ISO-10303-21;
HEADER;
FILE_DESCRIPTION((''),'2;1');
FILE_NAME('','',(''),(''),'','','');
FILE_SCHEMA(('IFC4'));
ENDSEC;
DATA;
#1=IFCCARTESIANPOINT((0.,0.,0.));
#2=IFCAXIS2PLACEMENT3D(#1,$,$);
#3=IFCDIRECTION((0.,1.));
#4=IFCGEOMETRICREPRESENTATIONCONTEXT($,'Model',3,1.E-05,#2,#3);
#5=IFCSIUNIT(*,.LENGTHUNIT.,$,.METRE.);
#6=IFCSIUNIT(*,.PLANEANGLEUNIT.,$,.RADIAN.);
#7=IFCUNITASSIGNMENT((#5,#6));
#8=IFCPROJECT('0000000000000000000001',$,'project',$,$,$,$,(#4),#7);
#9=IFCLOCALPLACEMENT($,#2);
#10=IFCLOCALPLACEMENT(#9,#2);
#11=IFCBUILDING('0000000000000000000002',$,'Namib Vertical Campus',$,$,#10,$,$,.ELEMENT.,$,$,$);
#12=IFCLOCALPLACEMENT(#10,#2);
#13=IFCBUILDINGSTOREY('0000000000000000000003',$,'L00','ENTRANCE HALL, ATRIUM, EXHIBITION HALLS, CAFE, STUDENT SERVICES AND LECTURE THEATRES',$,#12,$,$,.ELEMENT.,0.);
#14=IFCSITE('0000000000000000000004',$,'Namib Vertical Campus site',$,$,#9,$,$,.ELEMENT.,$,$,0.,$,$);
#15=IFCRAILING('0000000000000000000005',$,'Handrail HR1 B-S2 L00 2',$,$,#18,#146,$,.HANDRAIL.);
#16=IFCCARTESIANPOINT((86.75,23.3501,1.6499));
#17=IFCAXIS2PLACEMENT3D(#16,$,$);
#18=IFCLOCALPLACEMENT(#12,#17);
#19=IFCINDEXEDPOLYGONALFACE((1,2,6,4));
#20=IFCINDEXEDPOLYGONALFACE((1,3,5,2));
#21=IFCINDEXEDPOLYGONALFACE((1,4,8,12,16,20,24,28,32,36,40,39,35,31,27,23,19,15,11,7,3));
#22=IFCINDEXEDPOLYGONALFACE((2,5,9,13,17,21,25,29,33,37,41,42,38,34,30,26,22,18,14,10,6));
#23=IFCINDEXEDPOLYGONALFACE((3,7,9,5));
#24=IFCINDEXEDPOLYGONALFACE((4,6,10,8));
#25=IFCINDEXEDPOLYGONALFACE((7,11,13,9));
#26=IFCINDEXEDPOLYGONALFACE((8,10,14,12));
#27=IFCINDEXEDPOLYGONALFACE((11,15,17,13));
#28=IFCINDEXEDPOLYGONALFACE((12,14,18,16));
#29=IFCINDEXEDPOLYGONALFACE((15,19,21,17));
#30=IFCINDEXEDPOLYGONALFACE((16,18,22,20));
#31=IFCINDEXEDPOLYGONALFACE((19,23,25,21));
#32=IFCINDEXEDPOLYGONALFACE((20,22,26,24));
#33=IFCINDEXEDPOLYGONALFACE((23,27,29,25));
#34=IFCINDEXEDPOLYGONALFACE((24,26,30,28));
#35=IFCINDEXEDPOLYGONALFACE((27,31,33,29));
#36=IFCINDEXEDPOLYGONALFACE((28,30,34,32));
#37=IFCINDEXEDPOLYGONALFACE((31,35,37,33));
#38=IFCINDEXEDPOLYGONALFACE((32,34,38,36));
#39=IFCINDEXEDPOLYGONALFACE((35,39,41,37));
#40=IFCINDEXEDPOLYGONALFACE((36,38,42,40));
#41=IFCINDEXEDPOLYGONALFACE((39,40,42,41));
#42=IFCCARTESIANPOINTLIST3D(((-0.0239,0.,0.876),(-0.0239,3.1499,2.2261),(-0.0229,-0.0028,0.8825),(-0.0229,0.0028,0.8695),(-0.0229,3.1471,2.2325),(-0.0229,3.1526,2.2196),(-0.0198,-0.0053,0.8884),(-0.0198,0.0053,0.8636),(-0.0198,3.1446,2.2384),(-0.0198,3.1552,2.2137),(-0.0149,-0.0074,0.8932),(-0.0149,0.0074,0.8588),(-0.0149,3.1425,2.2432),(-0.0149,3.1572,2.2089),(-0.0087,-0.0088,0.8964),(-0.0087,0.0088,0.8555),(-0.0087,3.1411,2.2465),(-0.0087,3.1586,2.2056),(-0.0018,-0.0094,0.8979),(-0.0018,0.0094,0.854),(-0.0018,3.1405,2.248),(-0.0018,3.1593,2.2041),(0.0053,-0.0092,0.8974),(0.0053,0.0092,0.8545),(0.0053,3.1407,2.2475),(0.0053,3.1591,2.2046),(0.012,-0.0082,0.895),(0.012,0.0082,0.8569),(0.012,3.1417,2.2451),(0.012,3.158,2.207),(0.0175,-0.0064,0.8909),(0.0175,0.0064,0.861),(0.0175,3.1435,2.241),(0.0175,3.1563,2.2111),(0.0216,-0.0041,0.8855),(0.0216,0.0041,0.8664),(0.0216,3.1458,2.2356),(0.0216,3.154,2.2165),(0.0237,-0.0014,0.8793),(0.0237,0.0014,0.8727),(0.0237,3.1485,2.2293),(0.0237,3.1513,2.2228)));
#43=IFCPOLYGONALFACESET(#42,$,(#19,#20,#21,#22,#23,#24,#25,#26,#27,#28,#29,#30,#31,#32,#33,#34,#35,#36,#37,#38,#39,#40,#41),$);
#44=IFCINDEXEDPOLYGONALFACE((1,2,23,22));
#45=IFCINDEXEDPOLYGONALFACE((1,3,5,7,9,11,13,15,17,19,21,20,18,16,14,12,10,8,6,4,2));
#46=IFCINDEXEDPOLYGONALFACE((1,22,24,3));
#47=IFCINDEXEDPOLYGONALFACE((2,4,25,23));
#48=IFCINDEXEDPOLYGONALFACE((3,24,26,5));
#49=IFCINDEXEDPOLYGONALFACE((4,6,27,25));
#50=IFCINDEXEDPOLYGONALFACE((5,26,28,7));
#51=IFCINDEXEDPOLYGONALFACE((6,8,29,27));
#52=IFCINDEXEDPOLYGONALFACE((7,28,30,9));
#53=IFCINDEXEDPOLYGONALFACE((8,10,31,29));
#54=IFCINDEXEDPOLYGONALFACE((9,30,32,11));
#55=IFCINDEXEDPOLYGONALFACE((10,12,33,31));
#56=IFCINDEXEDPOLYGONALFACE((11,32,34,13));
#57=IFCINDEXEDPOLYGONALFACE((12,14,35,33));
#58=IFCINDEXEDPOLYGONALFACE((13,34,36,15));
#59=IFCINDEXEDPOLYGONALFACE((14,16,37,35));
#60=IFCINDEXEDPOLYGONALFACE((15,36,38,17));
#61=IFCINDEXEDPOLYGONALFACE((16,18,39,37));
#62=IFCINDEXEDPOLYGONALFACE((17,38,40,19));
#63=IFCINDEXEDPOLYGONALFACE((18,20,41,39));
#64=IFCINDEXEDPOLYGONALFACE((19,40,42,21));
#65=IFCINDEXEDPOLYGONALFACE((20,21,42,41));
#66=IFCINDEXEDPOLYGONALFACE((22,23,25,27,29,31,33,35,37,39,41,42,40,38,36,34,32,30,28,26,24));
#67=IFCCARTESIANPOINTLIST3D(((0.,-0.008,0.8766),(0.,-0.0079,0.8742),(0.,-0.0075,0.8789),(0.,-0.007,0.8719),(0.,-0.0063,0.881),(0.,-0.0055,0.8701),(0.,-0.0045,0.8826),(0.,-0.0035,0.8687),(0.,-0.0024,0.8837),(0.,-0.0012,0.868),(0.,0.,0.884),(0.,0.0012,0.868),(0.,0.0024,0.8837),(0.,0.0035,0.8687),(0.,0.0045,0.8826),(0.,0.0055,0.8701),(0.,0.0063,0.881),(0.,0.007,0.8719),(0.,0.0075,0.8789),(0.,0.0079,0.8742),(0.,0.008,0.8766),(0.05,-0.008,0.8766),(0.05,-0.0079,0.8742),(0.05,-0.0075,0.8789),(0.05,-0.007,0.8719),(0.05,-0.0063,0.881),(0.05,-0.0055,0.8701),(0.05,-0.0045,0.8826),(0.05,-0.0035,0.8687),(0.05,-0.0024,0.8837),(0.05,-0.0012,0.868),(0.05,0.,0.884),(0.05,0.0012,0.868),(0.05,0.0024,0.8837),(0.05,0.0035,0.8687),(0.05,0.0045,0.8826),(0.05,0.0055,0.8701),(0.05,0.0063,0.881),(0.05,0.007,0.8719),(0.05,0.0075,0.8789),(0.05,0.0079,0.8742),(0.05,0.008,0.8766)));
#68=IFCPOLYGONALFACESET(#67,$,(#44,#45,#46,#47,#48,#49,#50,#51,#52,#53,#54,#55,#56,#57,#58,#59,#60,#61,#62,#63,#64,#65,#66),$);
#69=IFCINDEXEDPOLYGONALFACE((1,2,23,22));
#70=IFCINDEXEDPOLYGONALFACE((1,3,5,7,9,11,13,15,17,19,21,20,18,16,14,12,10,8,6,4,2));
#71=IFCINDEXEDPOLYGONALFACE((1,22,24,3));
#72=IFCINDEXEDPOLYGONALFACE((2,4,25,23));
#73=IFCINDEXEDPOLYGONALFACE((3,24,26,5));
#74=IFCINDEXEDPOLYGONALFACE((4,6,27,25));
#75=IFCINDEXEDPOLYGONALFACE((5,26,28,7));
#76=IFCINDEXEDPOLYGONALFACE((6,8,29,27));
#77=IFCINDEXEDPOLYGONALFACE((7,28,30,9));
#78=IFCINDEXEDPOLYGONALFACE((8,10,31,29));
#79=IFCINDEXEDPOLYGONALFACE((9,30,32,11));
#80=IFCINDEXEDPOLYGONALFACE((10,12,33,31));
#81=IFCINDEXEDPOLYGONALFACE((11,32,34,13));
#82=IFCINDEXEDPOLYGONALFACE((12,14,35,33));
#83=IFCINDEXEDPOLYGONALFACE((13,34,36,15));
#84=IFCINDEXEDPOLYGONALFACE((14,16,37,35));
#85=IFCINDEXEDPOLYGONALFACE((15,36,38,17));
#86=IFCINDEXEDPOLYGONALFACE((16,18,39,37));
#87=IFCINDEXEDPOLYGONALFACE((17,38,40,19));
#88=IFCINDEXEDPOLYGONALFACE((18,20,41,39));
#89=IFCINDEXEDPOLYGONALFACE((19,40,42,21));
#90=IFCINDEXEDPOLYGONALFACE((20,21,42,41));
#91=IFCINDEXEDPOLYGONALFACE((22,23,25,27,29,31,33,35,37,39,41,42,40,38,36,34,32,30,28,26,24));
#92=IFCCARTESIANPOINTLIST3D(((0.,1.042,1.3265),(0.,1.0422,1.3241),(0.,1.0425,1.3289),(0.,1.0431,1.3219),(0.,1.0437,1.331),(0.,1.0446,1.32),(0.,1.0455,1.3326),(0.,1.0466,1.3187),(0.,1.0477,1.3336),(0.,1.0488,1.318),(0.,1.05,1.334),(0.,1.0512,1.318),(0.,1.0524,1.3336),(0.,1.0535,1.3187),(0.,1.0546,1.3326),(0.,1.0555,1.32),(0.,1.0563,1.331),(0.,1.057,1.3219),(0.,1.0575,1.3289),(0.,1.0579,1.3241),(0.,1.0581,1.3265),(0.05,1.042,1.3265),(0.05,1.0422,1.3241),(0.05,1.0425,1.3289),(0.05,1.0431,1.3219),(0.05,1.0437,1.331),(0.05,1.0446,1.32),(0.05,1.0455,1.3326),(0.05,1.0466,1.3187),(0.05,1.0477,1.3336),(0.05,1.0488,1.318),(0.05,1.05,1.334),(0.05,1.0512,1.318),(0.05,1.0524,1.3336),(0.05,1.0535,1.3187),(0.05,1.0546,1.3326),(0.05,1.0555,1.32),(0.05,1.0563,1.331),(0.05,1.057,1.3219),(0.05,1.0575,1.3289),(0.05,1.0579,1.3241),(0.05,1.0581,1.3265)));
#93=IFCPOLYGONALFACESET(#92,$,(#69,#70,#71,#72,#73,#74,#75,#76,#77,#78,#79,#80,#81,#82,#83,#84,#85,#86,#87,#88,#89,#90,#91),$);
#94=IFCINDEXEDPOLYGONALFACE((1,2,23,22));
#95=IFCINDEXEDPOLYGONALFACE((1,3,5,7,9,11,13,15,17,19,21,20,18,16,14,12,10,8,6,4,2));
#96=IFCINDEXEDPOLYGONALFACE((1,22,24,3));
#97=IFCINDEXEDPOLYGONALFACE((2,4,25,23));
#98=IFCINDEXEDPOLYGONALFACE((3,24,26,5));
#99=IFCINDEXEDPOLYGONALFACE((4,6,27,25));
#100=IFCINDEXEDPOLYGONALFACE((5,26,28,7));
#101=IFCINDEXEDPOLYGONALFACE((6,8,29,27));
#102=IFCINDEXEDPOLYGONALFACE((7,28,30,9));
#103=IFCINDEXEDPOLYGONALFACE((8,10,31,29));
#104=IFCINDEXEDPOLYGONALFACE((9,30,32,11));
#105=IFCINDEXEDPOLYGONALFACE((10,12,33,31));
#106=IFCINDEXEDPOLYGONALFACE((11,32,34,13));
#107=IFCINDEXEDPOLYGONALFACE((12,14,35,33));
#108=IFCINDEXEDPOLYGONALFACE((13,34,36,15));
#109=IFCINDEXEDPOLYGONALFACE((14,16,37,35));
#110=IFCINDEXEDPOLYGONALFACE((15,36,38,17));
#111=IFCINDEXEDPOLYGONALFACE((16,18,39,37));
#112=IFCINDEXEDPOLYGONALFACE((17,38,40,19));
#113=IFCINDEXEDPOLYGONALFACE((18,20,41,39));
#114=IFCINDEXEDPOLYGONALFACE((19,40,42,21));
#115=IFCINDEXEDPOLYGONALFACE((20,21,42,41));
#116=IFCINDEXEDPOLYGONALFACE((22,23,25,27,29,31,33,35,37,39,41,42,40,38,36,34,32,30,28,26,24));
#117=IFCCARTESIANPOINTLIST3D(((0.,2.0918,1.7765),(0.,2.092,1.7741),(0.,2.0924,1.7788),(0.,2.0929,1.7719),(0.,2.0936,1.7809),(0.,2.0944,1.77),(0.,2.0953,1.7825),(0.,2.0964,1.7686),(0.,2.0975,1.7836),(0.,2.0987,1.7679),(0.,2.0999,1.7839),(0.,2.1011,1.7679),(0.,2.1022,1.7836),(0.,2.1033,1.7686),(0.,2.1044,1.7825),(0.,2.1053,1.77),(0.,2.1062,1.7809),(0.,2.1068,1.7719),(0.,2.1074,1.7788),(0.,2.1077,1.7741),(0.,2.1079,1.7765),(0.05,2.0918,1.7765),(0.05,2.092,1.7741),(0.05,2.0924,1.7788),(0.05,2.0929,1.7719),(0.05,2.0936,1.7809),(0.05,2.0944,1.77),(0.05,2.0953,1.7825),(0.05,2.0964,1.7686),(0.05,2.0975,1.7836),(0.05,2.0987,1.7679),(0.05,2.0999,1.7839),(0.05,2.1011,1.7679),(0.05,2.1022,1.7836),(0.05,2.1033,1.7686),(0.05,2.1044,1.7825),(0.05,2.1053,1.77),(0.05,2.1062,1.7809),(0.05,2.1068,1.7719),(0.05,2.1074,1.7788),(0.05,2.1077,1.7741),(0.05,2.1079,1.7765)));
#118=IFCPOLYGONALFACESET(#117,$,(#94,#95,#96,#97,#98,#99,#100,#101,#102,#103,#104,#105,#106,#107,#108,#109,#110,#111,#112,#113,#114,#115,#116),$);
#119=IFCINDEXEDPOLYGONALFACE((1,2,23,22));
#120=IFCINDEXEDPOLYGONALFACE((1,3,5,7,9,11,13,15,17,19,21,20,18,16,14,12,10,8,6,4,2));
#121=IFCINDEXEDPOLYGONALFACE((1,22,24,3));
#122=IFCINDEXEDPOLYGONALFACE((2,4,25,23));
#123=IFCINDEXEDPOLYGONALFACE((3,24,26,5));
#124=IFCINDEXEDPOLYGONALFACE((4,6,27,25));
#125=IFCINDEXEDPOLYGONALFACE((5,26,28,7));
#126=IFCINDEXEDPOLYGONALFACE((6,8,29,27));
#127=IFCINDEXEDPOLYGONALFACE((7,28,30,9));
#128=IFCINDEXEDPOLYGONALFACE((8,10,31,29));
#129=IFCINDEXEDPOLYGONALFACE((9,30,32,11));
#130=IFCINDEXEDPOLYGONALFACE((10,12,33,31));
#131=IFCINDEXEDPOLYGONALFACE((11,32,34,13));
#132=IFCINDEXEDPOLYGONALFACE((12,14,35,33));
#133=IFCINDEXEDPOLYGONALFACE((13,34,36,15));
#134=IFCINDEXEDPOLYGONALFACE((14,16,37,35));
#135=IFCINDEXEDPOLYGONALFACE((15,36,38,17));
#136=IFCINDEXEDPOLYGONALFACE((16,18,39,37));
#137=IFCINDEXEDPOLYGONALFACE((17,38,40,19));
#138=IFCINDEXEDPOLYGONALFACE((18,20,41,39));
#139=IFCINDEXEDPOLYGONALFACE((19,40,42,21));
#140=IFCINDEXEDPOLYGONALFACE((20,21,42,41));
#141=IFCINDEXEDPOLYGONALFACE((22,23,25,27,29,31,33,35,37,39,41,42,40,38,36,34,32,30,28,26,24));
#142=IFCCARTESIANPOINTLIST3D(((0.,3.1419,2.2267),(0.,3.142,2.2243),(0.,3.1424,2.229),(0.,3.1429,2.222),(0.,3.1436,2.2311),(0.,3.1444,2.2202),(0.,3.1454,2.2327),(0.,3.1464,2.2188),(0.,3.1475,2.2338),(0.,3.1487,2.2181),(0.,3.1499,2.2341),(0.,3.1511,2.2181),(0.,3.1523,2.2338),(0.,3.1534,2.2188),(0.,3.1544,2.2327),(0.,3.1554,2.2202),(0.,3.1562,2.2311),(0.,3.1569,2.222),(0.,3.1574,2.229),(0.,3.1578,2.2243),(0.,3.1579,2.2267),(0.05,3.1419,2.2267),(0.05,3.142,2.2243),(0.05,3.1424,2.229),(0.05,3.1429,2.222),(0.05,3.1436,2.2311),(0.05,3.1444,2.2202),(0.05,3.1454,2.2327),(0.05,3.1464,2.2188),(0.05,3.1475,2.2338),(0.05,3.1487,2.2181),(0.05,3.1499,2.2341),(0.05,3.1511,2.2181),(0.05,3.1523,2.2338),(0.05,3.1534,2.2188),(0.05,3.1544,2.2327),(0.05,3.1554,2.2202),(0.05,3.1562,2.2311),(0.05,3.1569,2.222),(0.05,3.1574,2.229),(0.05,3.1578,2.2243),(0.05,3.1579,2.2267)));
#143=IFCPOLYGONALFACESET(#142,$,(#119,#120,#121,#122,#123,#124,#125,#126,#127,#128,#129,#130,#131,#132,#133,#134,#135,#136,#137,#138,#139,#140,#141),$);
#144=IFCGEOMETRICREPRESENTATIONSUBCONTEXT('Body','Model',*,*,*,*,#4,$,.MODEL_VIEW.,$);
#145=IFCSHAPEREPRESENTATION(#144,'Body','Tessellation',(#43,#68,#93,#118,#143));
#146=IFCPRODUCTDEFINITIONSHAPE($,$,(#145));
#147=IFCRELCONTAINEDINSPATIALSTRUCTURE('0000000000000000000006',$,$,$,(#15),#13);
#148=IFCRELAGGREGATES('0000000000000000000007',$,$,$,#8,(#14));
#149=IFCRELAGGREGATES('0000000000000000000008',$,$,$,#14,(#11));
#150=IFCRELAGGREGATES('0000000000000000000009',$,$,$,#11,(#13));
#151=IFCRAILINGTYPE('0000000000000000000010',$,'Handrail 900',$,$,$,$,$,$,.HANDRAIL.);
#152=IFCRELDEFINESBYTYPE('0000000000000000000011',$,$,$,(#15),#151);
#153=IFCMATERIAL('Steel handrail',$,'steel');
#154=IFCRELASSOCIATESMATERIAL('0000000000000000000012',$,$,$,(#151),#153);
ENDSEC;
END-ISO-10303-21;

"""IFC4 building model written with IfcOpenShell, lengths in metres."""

from ifc_helpers import new_model, si_unit, direction, frame, origin, origin_2d, place, context, subcontext, project, spatial, circle, extrude, material, type_object, element, save


model = new_model("IFC4")

# Units and contexts
model_context = context("Model", 3, precision=1e-05, world=origin(), true_north=direction((0.0, 1.0)))
body_context = subcontext(model_context, "Body", "Model", "MODEL_VIEW")
ifc_project = project(units=[si_unit("LENGTHUNIT", "METRE"), si_unit("PLANEANGLEUNIT", "RADIAN")], contexts=[model_context])

# Site, building, storey
site_placement = place(None, origin())
site = spatial("IfcSite", under=ifc_project, at=site_placement, Name="Namib Vertical Campus site", CompositionType="ELEMENT", RefElevation=0.0)
building_placement = place(site_placement, origin())
building = spatial("IfcBuilding", under=site, at=building_placement, Name="Namib Vertical Campus", CompositionType="ELEMENT")
storey_placement = place(building_placement, origin())
storey = spatial("IfcBuildingStorey", under=building, at=storey_placement, Name="L00", Description="ENTRANCE HALL, ATRIUM, EXHIBITION HALLS, CAFE, STUDENT SERVICES AND LECTURE THEATRES", CompositionType="ELEMENT", Elevation=0.0)

# Railing
ifc_material_1 = material(Name="Steel handrail", Category="steel")
railing_type_1 = type_object("IfcRailingType", Name="Handrail 900", PredefinedType="HANDRAIL", material=ifc_material_1)
railing_1_placement = place(storey_placement, frame((86.75, 23.3501, 1.6499)))
element("IfcRailing", 1, at=railing_1_placement, inside=storey, type_object=railing_type_1, Name="Handrail HR1 B-S2 L00 2", PredefinedType="HANDRAIL", context=body_context, shape_type="SweptSolid", body=[
    extrude(circle(Radius=0.0239, at=origin_2d()), frame((0.0, 0.0, 0.876), z_axis=(0.0, 0.91913, 0.393954), x_axis=(-1.0, 0.0, 0.0)), (0.0, 0.0, 1.0), 3.427),
    extrude(circle(Radius=0.0081, at=origin_2d()), frame((0.0, 0.0, 0.876), z_axis=(1.0, 0.0, 0.0), x_axis=(0.0, 0.0, 1.0)), (0.0, 0.0, 1.0), 0.05),
    extrude(circle(Radius=0.0081, at=origin_2d()), frame((0.0, 1.05, 1.3259), z_axis=(1.0, 0.0, 0.0), x_axis=(0.0, 0.0, 1.0)), (0.0, 0.0, 1.0), 0.05),
    extrude(circle(Radius=0.0081, at=origin_2d()), frame((0.0, 2.0999, 1.7759), z_axis=(1.0, 0.0, 0.0), x_axis=(0.0, 0.0, 1.0)), (0.0, 0.0, 1.0), 0.05),
    extrude(circle(Radius=0.0081, at=origin_2d()), frame((0.0, 3.1499, 2.2261), z_axis=(1.0, 0.0, 0.0), x_axis=(0.0, 0.0, 1.0)), (0.0, 0.0, 1.0), 0.05),
])

save(model, "model.ifc")
